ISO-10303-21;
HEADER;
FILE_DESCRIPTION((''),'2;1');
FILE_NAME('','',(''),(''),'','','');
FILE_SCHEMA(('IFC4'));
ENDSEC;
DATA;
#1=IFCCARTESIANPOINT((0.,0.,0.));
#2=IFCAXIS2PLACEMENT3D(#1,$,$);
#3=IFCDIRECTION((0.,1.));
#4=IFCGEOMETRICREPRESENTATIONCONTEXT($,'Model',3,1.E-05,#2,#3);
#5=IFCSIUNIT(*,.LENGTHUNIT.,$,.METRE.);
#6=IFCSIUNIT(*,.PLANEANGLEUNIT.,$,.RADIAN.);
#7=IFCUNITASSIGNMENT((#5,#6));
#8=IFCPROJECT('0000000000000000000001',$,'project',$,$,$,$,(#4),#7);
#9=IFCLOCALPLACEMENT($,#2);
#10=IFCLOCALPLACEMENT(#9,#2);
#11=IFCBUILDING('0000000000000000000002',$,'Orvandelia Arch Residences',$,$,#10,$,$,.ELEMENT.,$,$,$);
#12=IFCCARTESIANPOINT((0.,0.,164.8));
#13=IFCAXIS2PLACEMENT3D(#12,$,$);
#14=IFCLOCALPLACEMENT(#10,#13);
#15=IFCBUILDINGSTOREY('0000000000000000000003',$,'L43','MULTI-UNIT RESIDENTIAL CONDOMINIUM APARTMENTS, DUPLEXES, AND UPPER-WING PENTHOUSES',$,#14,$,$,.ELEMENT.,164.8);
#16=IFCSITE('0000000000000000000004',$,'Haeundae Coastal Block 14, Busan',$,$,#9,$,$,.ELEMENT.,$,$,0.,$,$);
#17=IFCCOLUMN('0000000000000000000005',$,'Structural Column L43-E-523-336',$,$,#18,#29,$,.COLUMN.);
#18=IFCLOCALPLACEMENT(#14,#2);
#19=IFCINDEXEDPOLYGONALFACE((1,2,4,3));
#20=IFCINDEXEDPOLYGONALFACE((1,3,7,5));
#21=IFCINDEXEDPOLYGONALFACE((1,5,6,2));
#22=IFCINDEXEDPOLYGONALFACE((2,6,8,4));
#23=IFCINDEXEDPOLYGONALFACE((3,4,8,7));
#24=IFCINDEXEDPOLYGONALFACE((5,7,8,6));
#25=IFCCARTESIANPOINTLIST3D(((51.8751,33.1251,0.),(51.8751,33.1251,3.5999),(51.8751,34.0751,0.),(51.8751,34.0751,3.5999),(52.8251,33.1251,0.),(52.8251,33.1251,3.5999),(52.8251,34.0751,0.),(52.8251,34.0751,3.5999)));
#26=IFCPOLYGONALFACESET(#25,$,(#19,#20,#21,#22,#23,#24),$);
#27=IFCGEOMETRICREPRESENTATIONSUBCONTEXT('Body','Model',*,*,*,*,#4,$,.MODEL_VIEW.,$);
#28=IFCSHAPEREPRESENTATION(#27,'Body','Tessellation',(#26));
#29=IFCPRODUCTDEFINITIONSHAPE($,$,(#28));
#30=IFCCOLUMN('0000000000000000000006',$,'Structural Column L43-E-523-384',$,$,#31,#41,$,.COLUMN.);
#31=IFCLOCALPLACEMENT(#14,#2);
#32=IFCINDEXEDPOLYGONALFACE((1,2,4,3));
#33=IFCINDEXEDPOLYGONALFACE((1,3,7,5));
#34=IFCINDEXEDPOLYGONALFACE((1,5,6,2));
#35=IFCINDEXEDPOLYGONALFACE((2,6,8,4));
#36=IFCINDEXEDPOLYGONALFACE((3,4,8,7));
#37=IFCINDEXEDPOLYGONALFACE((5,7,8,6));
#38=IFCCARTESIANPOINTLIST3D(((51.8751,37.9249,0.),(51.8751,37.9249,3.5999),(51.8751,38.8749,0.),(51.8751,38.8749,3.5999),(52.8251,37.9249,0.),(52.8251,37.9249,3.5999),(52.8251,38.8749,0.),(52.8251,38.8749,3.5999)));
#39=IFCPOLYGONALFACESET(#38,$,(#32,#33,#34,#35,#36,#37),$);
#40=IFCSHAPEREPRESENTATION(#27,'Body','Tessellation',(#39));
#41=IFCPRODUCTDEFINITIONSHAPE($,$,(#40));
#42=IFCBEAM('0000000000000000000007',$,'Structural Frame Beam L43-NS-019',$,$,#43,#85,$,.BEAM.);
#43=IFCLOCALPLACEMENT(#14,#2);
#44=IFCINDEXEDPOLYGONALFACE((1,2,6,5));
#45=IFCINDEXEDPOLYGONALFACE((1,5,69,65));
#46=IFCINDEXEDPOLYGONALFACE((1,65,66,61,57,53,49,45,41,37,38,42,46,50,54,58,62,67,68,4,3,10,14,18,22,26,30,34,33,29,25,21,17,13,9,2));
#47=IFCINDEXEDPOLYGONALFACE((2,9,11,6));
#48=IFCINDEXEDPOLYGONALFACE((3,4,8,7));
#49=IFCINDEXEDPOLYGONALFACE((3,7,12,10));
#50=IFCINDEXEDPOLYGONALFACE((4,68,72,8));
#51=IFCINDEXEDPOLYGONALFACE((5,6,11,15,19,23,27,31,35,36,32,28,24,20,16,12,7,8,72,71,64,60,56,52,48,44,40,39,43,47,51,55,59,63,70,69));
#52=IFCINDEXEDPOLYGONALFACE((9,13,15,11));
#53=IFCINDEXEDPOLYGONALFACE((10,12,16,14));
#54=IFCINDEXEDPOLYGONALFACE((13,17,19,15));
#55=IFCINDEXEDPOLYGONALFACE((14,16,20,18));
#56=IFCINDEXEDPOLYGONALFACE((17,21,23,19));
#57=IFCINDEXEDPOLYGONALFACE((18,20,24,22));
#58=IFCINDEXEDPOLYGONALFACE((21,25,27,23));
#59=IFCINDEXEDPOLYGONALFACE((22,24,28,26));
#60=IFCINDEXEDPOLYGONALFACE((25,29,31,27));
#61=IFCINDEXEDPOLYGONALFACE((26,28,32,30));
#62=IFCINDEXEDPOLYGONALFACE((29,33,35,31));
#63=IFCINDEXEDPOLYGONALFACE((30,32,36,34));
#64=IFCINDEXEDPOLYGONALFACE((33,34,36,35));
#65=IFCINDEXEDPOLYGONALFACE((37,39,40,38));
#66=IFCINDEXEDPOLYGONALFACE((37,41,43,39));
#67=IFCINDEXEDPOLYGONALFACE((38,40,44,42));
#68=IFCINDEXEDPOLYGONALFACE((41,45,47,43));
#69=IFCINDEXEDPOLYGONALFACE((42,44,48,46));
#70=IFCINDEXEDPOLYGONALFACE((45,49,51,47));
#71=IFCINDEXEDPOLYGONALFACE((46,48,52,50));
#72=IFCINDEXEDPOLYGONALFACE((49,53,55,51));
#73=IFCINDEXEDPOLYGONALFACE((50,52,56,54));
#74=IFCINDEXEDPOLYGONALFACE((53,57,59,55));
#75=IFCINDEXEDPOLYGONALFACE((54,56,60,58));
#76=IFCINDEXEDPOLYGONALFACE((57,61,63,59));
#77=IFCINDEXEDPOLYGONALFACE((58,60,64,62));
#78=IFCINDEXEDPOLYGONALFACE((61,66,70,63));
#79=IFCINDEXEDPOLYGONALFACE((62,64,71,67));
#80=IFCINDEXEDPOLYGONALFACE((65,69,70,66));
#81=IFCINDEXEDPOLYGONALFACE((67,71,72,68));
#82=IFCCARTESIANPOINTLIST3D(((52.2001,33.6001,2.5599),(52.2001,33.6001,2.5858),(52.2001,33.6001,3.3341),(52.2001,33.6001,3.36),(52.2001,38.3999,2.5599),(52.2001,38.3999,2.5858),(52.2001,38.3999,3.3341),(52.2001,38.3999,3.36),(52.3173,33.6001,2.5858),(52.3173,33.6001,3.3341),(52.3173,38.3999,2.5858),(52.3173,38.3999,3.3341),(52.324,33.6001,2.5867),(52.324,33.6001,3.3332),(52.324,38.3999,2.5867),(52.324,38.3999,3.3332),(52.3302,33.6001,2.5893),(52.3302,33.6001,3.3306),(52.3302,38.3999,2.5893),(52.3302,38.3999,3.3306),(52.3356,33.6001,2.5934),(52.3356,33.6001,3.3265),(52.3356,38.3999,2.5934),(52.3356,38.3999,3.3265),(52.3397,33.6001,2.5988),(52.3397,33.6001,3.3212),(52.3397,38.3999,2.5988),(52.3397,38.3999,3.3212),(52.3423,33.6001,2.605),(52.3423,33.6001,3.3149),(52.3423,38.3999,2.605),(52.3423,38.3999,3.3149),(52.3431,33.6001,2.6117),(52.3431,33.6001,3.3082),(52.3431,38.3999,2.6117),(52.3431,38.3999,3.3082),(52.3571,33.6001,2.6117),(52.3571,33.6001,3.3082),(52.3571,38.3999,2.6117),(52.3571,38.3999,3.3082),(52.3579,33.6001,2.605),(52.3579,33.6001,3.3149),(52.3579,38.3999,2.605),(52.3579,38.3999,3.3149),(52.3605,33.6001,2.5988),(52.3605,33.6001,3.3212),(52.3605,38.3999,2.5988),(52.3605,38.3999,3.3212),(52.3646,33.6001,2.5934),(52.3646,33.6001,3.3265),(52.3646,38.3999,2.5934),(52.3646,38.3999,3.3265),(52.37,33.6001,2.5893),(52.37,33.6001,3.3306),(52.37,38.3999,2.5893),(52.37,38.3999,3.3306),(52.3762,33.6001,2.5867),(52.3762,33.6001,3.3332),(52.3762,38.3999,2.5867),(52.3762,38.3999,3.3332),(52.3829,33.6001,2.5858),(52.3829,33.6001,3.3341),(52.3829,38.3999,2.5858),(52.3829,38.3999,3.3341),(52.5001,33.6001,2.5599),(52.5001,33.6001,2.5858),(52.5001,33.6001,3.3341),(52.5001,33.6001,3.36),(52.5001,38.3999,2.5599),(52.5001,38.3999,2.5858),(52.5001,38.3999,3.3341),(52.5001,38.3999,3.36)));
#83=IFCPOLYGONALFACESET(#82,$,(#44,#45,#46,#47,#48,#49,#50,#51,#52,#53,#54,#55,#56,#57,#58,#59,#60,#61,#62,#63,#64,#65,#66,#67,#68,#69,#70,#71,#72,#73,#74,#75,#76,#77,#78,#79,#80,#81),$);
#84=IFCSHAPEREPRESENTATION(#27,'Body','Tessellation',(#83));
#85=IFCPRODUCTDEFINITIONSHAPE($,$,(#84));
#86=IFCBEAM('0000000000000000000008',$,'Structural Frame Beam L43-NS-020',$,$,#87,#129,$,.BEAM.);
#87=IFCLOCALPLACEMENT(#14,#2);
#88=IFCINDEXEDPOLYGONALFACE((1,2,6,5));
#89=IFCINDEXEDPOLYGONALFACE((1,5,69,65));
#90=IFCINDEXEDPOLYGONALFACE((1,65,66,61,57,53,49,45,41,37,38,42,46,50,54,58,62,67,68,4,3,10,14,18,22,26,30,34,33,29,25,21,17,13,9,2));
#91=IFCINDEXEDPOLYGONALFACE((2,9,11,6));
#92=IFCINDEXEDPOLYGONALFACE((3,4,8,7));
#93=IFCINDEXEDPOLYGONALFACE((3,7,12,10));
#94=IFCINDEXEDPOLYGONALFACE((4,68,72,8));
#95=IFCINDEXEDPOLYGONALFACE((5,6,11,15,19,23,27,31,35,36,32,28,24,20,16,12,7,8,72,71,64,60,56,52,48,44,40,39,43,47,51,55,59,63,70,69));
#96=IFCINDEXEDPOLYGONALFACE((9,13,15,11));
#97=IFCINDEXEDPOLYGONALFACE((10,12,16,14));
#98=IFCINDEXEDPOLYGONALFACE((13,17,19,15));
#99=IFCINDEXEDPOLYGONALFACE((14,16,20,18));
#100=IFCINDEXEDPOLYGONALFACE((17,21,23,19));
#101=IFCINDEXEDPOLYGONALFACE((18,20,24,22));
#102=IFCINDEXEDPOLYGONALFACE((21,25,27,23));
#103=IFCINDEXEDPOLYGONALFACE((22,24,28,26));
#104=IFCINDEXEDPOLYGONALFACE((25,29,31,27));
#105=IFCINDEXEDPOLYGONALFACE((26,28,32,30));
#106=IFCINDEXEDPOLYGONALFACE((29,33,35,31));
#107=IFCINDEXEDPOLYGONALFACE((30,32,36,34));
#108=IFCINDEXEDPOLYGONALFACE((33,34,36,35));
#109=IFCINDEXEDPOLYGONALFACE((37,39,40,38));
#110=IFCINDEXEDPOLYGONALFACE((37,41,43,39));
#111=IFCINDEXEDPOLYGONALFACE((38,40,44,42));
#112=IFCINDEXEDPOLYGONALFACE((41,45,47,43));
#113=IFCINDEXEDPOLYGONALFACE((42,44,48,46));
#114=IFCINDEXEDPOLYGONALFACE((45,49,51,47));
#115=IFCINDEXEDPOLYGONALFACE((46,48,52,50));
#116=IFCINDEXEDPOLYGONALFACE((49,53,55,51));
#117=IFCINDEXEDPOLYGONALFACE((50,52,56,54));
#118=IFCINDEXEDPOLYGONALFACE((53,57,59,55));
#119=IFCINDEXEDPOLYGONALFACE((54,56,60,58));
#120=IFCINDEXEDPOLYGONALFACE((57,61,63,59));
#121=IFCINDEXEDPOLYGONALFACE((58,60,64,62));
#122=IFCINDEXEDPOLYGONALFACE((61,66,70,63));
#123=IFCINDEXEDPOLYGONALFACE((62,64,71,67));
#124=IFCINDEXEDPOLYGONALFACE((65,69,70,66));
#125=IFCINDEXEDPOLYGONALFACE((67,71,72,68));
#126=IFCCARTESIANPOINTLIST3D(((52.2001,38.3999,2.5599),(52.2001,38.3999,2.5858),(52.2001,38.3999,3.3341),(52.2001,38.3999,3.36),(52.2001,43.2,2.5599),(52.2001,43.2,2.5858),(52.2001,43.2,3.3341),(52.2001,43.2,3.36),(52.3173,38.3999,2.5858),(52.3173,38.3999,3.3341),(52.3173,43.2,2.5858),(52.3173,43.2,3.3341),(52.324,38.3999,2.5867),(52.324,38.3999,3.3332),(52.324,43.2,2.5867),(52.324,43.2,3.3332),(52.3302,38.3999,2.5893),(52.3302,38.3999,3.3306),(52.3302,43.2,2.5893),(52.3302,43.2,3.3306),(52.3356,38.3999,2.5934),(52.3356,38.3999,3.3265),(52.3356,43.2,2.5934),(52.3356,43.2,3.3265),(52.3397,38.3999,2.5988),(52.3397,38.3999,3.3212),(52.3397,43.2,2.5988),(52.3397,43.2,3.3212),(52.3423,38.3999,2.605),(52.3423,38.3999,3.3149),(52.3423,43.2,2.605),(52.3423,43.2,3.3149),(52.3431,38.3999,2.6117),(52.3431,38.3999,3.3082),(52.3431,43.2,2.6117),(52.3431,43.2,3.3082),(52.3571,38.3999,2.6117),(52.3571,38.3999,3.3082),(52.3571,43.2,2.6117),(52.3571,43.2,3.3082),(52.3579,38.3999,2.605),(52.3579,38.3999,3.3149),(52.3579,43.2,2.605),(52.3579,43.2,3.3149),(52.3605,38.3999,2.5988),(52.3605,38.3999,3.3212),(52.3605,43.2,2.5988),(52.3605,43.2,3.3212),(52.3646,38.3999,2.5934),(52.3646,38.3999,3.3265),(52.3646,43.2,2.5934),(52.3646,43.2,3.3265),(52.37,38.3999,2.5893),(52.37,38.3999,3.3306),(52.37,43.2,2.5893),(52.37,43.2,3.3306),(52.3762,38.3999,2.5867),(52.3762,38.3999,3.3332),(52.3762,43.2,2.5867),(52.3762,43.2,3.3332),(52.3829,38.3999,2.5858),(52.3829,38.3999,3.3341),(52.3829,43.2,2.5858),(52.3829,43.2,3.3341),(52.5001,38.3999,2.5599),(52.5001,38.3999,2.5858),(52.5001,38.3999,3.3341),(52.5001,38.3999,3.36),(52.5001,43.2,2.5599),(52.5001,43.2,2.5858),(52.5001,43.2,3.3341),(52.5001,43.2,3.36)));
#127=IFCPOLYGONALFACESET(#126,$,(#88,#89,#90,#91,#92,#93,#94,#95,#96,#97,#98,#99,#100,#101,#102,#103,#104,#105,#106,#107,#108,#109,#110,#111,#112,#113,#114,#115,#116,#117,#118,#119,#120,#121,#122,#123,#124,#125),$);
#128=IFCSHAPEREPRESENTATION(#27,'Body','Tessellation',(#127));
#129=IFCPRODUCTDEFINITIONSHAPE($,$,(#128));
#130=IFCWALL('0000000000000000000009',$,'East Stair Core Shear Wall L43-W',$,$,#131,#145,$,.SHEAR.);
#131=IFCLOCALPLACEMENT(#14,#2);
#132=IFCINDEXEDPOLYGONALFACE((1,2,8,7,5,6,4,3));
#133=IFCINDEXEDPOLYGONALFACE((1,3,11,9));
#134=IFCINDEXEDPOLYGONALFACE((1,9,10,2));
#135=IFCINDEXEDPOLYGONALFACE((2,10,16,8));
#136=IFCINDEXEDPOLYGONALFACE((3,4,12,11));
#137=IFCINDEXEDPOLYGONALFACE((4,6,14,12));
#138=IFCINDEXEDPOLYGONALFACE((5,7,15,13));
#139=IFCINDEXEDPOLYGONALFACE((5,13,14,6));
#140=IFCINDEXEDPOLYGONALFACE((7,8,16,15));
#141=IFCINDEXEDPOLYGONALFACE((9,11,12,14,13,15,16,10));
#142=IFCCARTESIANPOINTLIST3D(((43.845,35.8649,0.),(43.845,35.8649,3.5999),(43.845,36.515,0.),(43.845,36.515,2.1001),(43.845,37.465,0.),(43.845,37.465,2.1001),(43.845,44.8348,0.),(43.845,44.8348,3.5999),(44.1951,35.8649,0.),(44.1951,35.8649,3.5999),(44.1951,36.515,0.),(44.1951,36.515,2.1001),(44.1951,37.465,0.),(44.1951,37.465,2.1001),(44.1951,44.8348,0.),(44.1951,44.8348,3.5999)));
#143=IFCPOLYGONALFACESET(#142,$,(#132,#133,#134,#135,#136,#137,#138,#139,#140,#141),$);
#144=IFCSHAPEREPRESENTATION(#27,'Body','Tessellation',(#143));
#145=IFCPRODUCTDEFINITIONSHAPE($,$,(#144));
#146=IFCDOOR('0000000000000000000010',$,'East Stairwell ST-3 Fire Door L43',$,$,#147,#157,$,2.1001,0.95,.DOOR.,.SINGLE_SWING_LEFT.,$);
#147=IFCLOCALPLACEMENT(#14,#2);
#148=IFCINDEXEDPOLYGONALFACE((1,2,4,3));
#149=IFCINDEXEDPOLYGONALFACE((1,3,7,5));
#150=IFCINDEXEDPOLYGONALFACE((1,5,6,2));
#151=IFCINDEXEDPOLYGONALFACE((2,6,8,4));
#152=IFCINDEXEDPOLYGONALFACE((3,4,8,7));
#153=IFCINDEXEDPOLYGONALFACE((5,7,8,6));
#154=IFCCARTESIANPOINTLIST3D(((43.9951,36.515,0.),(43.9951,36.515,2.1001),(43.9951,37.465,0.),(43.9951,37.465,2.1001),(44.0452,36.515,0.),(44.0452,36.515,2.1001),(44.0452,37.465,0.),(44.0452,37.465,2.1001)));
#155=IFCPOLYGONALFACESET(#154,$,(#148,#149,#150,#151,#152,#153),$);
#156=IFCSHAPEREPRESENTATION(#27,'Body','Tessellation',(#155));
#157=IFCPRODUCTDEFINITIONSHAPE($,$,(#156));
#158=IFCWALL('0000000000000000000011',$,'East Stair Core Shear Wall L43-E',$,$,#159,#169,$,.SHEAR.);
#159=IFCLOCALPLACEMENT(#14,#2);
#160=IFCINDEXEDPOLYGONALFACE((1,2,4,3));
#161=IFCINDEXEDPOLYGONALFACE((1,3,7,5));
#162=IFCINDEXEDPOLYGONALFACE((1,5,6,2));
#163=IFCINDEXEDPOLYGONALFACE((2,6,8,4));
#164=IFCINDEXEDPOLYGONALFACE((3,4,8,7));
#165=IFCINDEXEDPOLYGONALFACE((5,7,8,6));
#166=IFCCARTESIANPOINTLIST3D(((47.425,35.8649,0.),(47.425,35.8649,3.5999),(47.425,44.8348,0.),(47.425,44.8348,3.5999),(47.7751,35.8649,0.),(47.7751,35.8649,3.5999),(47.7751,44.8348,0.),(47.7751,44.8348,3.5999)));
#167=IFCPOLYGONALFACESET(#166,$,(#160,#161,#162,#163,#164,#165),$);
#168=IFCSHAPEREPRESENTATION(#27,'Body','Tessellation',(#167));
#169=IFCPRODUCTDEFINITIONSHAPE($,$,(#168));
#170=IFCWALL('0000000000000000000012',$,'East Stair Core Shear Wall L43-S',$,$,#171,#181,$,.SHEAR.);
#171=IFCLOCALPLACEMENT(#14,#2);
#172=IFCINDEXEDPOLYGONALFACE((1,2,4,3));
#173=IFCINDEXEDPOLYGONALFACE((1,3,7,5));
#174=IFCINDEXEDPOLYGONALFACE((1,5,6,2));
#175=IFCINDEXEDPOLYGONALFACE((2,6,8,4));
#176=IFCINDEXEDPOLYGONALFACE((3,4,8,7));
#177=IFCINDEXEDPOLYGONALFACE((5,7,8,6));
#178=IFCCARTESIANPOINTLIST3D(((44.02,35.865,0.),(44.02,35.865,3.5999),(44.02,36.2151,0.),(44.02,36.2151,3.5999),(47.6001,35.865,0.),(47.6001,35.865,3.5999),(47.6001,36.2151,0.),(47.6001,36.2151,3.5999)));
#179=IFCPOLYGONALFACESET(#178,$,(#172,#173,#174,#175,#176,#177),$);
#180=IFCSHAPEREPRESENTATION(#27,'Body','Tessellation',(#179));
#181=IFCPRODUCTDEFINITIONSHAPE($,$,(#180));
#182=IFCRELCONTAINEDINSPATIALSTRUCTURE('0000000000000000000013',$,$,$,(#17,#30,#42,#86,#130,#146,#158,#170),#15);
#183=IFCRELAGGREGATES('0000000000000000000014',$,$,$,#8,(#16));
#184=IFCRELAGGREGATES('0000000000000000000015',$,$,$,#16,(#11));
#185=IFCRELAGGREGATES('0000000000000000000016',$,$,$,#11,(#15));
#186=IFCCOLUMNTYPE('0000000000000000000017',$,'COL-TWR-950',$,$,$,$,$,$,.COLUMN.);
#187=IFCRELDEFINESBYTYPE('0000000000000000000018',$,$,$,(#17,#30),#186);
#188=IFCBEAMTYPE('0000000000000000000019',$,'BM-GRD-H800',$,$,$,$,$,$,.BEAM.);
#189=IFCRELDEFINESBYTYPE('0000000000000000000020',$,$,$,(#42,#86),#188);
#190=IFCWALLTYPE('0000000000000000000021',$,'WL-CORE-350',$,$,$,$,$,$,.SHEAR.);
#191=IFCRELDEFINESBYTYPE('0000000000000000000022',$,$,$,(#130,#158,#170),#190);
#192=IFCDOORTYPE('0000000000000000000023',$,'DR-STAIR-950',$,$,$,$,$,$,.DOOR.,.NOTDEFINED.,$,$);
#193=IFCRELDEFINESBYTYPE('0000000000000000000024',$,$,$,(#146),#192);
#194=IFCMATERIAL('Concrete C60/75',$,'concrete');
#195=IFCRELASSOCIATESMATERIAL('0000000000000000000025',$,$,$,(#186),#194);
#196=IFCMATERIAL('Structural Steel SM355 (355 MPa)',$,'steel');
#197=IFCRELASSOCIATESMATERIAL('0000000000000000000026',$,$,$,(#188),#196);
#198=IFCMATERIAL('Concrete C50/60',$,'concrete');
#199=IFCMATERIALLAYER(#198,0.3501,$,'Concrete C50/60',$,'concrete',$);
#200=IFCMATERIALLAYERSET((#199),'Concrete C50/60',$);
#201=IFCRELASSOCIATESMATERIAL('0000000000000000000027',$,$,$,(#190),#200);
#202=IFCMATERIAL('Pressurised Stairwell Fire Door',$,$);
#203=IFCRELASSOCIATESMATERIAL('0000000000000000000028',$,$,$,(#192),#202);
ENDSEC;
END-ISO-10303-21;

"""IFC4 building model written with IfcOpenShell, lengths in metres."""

from ifc_helpers import new_model, si_unit, direction, frame, frame_2d, origin, origin_2d, place, context, subcontext, project, spatial, rectangle, i_section, extrude, material, layer, layer_set, material_profile, profile_set, type_object, element, fill, save


model = new_model("IFC4")

# Units and contexts
model_context = context("Model", 3, precision=1e-05, world=origin(), true_north=direction((0.0, 1.0)))
body_context = subcontext(model_context, "Body", "Model", "MODEL_VIEW")
ifc_project = project(units=[si_unit("LENGTHUNIT", "METRE"), si_unit("PLANEANGLEUNIT", "RADIAN")], contexts=[model_context])

# Site, building, storey
site_placement = place(None, origin())
site = spatial("IfcSite", under=ifc_project, at=site_placement, Name="Haeundae Coastal Block 14, Busan", CompositionType="ELEMENT", RefElevation=0.0)
building_placement = place(site_placement, origin())
building = spatial("IfcBuilding", under=site, at=building_placement, Name="Orvandelia Arch Residences", CompositionType="ELEMENT")
storey_placement = place(building_placement, frame((0.0, 0.0, 164.8)))
storey = spatial("IfcBuildingStorey", under=building, at=storey_placement, Name="L43", Description="MULTI-UNIT RESIDENTIAL CONDOMINIUM APARTMENTS, DUPLEXES, AND UPPER-WING PENTHOUSES", CompositionType="ELEMENT", Elevation=164.8)

# Columns
ifc_material_1 = material(Name="Concrete C60/75", Category="concrete")
ifc_material_profile_1 = material_profile(ifc_material_1, rectangle(XDim=0.95, YDim=0.95, at=origin_2d()), Name="Concrete C60/75", Category="concrete")
ifc_profile_set_1 = profile_set([ifc_material_profile_1], Name="Concrete C60/75")
column_type = type_object("IfcColumnType", Name="COL-TWR-950", PredefinedType="COLUMN", material=ifc_profile_set_1)
for number, where, z_axis, x_axis, name in (
    (1, (52.3501, 33.6001, 0.0), (0.0, 0.0, 1.0), (1.0, 0.0, 0.0), "Structural Column L43-E-523-336"),
    (2, (52.3501, 38.3999, 0.0), (0.0, 0.0, 1.0), (1.0, 0.0, 0.0), "Structural Column L43-E-523-384"),
):
    element("IfcColumn", number, at=place(storey_placement, frame(where, z_axis=z_axis, x_axis=x_axis)), inside=storey, type_object=column_type, Name=name, PredefinedType="COLUMN", context=body_context, shape_type="SweptSolid", body=[
        extrude(rectangle(XDim=0.95, YDim=0.95, at=origin_2d()), origin(), (0.0, 0.0, 1.0), 3.5999),
    ])

# Beams
ifc_material_2 = material(Name="Structural Steel SM355 (355 MPa)", Category="steel")
ifc_material_profile_2 = material_profile(ifc_material_2, i_section(OverallWidth=0.3, OverallDepth=0.8, WebThickness=0.0139, FlangeThickness=0.0259, FilletRadius=0.0259, at=origin_2d()), Name="Structural Steel SM355 (355 MPa)", Category="steel")
ifc_profile_set_2 = profile_set([ifc_material_profile_2], Name="Structural Steel SM355 (355 MPa)")
beam_type = type_object("IfcBeamType", Name="BM-GRD-H800", PredefinedType="BEAM", material=ifc_profile_set_2)
beam_1_placement = place(storey_placement, frame((52.3501, 33.6001, 2.96), z_axis=(0.0, 1.0, 0.0), x_axis=(-1.0, 0.0, 0.0)))
element("IfcBeam", 3, at=beam_1_placement, inside=storey, type_object=beam_type, Name="Structural Frame Beam L43-NS-019", PredefinedType="BEAM", context=body_context, shape_type="SweptSolid", body=[
    extrude(i_section(OverallWidth=0.3, OverallDepth=0.8, WebThickness=0.0139, FlangeThickness=0.0259, FilletRadius=0.0259, at=origin_2d()), origin(), (0.0, 0.0, 1.0), 4.7998),
])
beam_2_placement = place(storey_placement, frame((52.3501, 38.3999, 2.96), z_axis=(0.0, 1.0, 0.0), x_axis=(-1.0, 0.0, 0.0)))
element("IfcBeam", 4, at=beam_2_placement, inside=storey, type_object=beam_type, Name="Structural Frame Beam L43-NS-020", PredefinedType="BEAM", context=body_context, shape_type="SweptSolid", body=[
    extrude(i_section(OverallWidth=0.3, OverallDepth=0.8, WebThickness=0.0139, FlangeThickness=0.0259, FilletRadius=0.0259, at=origin_2d()), origin(), (0.0, 0.0, 1.0), 4.8),
])

# Wall, opening, door
ifc_material_3 = material(Name="Concrete C50/60", Category="concrete")
ifc_layer_1 = layer(ifc_material_3, 0.3501, Name="Concrete C50/60", Category="concrete")
ifc_layer_set_1 = layer_set([ifc_layer_1], Name="Concrete C50/60")
wall_type_1 = type_object("IfcWallType", Name="WL-CORE-350", PredefinedType="SHEAR", material=ifc_layer_set_1)
wall_1_placement = place(storey_placement, frame((44.02, 35.865, 0.0), z_axis=(0.0, 0.0, 1.0), x_axis=(0.0, 1.0, 0.0)))
wall_1 = element("IfcWall", 5, at=wall_1_placement, inside=storey, type_object=wall_type_1, Name="East Stair Core Shear Wall L43-W", PredefinedType="SHEAR", context=body_context, shape_type="SweptSolid", body=[
    extrude(rectangle(XDim=8.97, YDim=0.3501, at=frame_2d((4.4849, 0.0))), origin(), (0.0, 0.0, 1.0), 3.5999),
])
opening_placement = place(wall_1_placement, frame((0.6499, 0.0, 0.0)))
opening = element("IfcOpeningElement", 6, at=opening_placement, cuts=wall_1, PredefinedType="OPENING", context=body_context, shape_type="SweptSolid", body=[
    extrude(rectangle(XDim=0.95, YDim=2.1001, at=frame_2d((0.4751, 1.05))), frame((0.0, 0.1851, 0.0), z_axis=(0.0, -1.0, 0.0), x_axis=(1.0, 0.0, 0.0)), (0.0, 0.0, 1.0), 0.3701),
])
ifc_material_4 = material(Name="Pressurised Stairwell Fire Door")
door_type = type_object("IfcDoorType", Name="DR-STAIR-950", OperationType="NOTDEFINED", PredefinedType="DOOR", material=ifc_material_4)
door_placement = place(opening_placement, origin())
door = element("IfcDoor", 7, at=door_placement, inside=storey, type_object=door_type, Name="East Stairwell ST-3 Fire Door L43", OperationType="SINGLE_SWING_LEFT", OverallHeight=2.1001, OverallWidth=0.95, PredefinedType="DOOR", context=body_context, shape_type="SweptSolid", body=[
    extrude(rectangle(XDim=0.95, YDim=2.1001, at=frame_2d((0.4751, 1.05))), frame((0.0, 0.0249, 0.0), z_axis=(0.0, -1.0, 0.0), x_axis=(1.0, 0.0, 0.0)), (0.0, 0.0, 1.0), 0.05),
])
fill(opening, door)

# Walls
wall_2_placement = place(storey_placement, frame((47.6001, 35.865, 0.0), z_axis=(0.0, 0.0, 1.0), x_axis=(0.0, 1.0, 0.0)))
element("IfcWall", 8, at=wall_2_placement, inside=storey, type_object=wall_type_1, Name="East Stair Core Shear Wall L43-E", PredefinedType="SHEAR", context=body_context, shape_type="SweptSolid", body=[
    extrude(rectangle(XDim=8.97, YDim=0.3501, at=frame_2d((4.4849, 0.0))), origin(), (0.0, 0.0, 1.0), 3.5999),
])
wall_3_placement = place(storey_placement, frame((44.02, 36.04, 0.0), z_axis=(0.0, 0.0, 1.0), x_axis=(1.0, 0.0, 0.0)))
element("IfcWall", 9, at=wall_3_placement, inside=storey, type_object=wall_type_1, Name="East Stair Core Shear Wall L43-S", PredefinedType="SHEAR", context=body_context, shape_type="SweptSolid", body=[
    extrude(rectangle(XDim=3.5801, YDim=0.3501, at=frame_2d((1.79, 0.0))), origin(), (0.0, 0.0, 1.0), 3.5999),
])

save(model, "model.ifc")
